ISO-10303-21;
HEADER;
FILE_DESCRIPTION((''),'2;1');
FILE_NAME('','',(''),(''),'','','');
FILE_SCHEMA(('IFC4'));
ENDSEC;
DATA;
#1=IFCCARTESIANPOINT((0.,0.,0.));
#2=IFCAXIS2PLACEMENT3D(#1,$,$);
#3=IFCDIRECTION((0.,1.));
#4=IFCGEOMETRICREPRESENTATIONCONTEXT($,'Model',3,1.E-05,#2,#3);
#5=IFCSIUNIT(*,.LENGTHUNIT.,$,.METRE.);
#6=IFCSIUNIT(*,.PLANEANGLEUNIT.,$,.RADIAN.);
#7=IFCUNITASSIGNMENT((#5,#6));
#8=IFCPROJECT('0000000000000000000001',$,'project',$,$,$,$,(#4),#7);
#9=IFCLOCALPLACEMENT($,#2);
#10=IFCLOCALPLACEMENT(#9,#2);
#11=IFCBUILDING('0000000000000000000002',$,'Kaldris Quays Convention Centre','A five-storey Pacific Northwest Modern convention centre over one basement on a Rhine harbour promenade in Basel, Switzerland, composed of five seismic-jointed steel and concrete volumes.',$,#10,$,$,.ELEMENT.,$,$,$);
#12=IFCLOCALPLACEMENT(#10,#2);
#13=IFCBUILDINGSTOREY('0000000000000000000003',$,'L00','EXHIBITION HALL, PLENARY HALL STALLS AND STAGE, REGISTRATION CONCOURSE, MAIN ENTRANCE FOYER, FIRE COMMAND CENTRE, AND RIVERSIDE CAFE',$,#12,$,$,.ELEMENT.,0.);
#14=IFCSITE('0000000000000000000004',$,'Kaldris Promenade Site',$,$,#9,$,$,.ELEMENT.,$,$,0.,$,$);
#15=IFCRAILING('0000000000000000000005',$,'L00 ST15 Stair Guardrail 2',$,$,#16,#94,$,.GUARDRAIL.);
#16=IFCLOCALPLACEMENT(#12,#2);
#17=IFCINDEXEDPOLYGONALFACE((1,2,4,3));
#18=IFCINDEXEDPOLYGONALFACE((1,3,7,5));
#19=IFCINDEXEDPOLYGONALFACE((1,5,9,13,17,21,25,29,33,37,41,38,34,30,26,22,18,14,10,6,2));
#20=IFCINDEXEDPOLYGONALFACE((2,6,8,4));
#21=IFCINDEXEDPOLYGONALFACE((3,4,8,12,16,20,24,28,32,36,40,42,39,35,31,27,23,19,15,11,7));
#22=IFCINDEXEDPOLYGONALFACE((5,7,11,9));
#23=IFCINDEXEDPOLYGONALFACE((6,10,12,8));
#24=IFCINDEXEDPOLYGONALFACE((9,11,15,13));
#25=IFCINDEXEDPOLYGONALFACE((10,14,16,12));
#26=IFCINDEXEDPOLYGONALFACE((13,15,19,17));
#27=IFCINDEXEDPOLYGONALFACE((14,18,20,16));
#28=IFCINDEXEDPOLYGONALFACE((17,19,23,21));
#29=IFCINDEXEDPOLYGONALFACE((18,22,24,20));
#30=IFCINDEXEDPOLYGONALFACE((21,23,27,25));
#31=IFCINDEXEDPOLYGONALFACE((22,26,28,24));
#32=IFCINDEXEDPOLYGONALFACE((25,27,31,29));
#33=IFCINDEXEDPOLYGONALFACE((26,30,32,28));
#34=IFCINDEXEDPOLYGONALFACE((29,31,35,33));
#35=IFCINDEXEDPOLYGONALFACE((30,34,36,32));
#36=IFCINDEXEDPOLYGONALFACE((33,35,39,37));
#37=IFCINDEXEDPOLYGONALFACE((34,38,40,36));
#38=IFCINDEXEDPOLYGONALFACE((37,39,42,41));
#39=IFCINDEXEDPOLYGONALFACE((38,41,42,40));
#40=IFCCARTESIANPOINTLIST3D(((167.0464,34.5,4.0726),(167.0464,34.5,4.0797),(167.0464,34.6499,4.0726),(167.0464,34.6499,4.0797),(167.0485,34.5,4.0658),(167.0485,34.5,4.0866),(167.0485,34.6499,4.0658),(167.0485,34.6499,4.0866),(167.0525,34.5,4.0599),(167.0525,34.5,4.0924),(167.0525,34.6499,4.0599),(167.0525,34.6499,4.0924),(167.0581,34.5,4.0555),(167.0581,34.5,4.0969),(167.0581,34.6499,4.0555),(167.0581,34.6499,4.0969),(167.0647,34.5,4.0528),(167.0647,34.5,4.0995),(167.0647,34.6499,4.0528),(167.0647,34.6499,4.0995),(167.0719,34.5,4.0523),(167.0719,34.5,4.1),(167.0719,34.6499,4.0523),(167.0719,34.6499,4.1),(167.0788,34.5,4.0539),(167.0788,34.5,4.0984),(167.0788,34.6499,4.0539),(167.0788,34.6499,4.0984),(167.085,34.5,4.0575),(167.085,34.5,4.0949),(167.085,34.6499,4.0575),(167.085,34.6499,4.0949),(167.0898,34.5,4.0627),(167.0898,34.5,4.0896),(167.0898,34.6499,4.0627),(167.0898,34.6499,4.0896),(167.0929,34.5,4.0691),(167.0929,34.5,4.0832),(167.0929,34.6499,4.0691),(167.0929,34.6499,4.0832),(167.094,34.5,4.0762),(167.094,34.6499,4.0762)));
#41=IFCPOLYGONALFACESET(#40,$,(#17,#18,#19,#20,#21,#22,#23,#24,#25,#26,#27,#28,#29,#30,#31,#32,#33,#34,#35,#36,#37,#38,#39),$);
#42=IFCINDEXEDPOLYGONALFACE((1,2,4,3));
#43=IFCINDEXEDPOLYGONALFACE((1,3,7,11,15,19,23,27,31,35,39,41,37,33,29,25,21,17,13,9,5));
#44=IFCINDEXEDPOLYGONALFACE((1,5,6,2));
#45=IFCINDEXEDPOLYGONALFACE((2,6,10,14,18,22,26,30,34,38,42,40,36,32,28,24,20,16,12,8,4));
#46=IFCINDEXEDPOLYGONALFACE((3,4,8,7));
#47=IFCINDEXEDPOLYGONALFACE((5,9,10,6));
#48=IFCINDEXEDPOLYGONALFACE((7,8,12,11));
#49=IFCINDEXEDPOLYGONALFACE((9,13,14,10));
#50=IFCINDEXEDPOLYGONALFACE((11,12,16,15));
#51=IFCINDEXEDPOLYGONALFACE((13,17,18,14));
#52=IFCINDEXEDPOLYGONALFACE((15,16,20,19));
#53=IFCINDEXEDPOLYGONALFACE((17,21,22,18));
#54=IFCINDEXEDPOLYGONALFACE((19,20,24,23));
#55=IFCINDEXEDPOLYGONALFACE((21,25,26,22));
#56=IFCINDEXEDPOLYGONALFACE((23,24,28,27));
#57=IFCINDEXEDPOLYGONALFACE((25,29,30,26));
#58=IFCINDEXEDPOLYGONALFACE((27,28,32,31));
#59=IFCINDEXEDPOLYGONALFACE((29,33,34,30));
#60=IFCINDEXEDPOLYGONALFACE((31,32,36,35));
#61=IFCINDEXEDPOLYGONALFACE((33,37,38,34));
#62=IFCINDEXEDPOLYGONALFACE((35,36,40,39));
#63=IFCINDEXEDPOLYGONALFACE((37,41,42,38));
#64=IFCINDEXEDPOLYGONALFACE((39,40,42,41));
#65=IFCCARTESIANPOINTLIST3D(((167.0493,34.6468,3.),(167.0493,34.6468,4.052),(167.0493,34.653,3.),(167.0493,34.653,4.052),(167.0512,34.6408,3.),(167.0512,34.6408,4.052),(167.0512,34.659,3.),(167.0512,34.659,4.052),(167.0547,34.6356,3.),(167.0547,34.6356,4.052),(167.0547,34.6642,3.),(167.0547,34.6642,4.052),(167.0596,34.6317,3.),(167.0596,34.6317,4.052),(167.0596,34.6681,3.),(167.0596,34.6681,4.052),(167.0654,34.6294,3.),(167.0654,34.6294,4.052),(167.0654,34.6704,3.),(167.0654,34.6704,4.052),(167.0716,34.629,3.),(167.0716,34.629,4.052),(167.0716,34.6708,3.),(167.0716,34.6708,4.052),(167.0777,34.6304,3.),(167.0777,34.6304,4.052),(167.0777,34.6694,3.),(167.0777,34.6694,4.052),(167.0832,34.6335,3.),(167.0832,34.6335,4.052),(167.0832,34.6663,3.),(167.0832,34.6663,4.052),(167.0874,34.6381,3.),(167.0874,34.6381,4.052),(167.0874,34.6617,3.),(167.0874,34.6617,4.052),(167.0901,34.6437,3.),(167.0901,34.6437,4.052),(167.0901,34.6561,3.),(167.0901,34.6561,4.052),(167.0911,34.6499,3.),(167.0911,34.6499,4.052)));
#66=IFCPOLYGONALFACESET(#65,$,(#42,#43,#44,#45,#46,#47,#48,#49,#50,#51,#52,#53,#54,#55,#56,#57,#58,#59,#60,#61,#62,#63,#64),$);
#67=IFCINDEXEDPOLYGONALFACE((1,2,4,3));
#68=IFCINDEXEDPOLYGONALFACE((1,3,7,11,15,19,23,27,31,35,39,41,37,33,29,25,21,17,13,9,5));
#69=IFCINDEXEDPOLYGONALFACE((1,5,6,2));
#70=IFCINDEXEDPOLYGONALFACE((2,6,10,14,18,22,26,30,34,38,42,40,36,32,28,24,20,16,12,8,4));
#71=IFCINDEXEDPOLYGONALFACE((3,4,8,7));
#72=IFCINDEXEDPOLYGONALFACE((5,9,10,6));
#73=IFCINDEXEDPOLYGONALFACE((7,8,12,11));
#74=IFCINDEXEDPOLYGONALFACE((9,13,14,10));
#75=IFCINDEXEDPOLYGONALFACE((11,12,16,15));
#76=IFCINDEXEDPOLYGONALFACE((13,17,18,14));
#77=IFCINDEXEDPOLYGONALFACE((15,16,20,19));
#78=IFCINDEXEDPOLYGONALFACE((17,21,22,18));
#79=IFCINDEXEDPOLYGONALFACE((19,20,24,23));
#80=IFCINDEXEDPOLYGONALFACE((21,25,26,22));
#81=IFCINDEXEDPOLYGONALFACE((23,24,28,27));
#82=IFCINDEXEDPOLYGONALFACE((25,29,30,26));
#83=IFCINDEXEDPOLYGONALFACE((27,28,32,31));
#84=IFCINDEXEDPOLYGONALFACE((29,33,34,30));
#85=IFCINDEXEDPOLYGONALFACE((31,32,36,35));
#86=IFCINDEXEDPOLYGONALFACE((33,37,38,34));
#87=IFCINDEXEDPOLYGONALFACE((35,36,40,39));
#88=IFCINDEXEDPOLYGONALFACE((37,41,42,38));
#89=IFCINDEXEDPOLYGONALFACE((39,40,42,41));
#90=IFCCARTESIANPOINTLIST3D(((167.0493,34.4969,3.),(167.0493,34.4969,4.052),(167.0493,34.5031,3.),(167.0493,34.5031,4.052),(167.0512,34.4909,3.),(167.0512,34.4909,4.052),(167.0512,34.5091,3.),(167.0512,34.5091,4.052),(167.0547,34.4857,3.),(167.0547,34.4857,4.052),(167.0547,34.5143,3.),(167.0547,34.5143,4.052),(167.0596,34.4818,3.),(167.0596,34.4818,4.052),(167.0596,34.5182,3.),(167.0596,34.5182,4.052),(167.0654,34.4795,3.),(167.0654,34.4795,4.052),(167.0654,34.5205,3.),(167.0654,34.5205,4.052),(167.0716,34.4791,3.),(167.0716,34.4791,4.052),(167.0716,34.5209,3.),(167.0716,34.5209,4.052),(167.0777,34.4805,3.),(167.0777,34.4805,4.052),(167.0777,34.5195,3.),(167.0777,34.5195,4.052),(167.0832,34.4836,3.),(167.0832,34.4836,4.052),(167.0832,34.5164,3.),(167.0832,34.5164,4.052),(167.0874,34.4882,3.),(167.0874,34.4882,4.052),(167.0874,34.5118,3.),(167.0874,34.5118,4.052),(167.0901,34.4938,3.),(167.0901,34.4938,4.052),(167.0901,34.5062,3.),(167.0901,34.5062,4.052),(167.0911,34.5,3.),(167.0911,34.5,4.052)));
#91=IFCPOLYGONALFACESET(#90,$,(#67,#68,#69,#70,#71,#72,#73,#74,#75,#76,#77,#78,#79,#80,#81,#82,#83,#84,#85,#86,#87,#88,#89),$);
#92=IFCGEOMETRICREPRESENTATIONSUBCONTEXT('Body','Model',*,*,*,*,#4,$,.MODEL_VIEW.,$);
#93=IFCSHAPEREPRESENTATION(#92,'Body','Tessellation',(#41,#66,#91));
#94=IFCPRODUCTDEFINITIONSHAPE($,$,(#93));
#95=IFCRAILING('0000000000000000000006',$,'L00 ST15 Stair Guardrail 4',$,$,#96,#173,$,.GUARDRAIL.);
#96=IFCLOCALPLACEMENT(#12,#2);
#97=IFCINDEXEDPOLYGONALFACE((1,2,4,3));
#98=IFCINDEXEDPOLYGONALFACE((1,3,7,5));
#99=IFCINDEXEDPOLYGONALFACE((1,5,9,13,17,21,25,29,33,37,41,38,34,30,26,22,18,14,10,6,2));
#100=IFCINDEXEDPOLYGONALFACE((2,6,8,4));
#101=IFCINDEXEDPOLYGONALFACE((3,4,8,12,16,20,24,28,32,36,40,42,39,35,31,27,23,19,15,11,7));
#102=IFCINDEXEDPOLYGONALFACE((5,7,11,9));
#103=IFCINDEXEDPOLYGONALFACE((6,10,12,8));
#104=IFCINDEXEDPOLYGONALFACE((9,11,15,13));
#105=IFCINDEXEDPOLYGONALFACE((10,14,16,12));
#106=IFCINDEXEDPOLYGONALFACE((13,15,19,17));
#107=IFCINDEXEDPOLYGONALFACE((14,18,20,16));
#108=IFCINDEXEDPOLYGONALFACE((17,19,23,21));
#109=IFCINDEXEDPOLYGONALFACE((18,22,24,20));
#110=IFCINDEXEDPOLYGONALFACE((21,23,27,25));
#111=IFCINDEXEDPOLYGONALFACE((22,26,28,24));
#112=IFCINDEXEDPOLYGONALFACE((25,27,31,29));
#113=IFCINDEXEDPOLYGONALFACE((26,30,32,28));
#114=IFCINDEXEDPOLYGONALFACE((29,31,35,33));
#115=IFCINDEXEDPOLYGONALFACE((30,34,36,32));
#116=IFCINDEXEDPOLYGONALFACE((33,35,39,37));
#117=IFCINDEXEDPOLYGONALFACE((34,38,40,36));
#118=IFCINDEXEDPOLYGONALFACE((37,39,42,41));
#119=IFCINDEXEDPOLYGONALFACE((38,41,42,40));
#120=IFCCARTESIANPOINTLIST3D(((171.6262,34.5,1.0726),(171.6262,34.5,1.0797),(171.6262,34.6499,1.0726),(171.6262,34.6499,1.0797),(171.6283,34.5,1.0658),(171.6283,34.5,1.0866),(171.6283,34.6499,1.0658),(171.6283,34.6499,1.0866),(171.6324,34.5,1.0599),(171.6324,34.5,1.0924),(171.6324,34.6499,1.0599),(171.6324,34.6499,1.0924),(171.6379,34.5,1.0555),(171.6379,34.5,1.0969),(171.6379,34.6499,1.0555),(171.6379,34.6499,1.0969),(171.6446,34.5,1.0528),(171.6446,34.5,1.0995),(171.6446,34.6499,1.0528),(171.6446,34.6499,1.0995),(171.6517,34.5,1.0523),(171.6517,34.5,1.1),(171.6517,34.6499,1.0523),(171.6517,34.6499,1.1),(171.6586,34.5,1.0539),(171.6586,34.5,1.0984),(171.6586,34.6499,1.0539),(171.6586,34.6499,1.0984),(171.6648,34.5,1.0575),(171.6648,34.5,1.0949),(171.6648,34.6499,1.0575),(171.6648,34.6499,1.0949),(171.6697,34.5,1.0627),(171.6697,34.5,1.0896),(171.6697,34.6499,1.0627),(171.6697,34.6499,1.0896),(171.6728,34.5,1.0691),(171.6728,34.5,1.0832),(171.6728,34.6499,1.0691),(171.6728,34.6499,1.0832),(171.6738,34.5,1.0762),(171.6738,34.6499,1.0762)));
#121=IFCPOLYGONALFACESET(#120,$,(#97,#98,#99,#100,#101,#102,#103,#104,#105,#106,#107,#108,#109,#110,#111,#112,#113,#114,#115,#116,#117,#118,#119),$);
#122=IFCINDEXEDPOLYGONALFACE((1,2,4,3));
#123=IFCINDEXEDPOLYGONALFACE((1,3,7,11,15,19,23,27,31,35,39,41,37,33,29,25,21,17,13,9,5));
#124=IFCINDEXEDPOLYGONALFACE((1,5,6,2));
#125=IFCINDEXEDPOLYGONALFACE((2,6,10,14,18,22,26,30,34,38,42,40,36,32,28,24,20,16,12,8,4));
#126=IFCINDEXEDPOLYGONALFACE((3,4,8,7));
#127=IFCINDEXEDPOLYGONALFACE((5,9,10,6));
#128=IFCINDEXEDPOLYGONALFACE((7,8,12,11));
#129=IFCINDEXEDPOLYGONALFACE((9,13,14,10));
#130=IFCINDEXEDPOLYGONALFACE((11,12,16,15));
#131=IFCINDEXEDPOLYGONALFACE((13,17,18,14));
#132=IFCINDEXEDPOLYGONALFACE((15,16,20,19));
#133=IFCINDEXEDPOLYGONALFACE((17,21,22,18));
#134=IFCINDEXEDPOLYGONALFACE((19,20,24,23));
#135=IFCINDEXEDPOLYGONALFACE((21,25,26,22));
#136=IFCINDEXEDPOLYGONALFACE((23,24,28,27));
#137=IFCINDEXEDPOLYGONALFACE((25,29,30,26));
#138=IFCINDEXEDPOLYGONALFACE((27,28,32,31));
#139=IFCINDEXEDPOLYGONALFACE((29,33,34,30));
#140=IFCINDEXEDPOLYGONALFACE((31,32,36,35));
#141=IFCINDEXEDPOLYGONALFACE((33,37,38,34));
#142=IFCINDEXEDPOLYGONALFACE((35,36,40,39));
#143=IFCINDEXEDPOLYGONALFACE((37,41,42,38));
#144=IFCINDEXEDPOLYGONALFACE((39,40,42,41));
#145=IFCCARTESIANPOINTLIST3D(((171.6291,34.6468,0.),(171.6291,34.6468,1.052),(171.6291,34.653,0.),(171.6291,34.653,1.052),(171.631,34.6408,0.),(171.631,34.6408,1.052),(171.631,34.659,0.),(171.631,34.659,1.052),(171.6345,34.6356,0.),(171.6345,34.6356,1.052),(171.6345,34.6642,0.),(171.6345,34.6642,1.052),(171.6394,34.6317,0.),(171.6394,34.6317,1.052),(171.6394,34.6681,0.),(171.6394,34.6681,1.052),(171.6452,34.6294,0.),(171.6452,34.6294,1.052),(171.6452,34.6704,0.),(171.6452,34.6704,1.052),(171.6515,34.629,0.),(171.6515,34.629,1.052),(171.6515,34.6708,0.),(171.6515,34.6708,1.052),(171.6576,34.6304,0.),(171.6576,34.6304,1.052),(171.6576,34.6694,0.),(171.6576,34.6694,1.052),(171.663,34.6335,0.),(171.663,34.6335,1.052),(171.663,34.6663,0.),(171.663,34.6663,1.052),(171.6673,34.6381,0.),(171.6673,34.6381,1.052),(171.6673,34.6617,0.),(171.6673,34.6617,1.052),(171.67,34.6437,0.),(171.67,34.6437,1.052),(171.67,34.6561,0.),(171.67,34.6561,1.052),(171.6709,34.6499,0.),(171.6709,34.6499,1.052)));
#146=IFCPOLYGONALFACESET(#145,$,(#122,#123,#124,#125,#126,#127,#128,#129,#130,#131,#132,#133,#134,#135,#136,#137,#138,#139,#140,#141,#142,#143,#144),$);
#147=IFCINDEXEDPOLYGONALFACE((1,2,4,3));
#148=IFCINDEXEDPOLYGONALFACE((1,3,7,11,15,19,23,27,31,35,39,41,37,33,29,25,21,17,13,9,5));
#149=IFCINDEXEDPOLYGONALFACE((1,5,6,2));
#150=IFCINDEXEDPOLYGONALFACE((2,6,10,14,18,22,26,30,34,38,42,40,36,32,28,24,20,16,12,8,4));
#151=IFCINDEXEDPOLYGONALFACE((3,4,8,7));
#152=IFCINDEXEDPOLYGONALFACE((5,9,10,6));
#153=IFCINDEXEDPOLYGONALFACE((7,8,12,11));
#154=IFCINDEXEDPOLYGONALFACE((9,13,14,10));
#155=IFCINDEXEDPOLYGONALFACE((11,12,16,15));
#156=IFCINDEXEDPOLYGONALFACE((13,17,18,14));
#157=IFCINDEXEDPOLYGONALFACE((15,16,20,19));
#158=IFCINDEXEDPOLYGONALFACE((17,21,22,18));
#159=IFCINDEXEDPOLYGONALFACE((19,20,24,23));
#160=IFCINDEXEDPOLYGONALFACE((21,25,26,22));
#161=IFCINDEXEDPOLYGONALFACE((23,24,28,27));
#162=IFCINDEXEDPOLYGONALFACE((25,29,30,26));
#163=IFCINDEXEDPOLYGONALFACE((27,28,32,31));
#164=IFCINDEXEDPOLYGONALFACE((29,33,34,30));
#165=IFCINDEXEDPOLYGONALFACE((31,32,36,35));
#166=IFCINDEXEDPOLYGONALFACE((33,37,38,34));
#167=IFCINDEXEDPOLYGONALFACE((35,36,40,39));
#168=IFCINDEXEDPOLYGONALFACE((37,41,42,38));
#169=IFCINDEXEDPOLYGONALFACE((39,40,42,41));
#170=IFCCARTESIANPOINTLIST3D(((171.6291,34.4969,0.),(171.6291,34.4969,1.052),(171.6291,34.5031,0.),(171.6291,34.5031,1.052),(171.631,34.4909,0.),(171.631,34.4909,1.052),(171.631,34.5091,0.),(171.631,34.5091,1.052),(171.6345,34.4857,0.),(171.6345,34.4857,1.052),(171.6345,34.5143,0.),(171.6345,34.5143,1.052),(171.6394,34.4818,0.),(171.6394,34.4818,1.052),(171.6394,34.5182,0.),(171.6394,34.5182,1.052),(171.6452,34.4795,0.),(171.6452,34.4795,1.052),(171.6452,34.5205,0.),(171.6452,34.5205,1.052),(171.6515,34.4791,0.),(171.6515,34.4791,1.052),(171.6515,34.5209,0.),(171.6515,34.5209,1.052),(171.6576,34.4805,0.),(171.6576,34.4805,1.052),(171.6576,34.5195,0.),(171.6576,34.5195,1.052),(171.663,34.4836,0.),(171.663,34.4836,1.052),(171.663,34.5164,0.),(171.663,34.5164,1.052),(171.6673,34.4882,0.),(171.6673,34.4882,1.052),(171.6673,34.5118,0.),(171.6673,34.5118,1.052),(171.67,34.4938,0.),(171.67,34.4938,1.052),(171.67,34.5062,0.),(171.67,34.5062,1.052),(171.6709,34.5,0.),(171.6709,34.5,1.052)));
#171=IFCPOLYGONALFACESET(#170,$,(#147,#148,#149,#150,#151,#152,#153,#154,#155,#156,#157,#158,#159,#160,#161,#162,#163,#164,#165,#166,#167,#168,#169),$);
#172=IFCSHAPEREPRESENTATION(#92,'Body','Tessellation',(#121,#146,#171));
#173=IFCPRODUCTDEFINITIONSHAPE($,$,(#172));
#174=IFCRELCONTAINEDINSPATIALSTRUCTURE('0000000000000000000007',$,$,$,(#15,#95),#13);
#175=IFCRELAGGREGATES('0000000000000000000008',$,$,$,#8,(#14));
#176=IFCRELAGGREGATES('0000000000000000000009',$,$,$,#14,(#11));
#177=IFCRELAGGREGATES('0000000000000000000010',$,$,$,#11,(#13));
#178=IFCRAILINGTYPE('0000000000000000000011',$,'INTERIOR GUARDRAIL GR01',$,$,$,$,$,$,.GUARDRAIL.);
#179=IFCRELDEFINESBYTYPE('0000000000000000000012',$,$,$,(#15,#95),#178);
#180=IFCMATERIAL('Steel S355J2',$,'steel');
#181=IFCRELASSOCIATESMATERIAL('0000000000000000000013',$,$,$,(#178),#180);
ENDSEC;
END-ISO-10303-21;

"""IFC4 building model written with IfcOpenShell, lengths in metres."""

from ifc_helpers import new_model, si_unit, direction, frame, origin, origin_2d, place, context, subcontext, project, spatial, circle, extrude, material, type_object, element, save


model = new_model("IFC4")

# Units and contexts
model_context = context("Model", 3, precision=1e-05, world=origin(), true_north=direction((0.0, 1.0)))
body_context = subcontext(model_context, "Body", "Model", "MODEL_VIEW")
ifc_project = project(units=[si_unit("LENGTHUNIT", "METRE"), si_unit("PLANEANGLEUNIT", "RADIAN")], contexts=[model_context])

# Site, building, storey
site_placement = place(None, origin())
site = spatial("IfcSite", under=ifc_project, at=site_placement, Name="Kaldris Promenade Site", CompositionType="ELEMENT", RefElevation=0.0)
building_placement = place(site_placement, origin())
building = spatial("IfcBuilding", under=site, at=building_placement, Name="Kaldris Quays Convention Centre", Description="A five-storey Pacific Northwest Modern convention centre over one basement on a Rhine harbour promenade in Basel, Switzerland, composed of five seismic-jointed steel and concrete volumes.", CompositionType="ELEMENT")
storey_placement = place(building_placement, origin())
storey = spatial("IfcBuildingStorey", under=building, at=storey_placement, Name="L00", Description="EXHIBITION HALL, PLENARY HALL STALLS AND STAGE, REGISTRATION CONCOURSE, MAIN ENTRANCE FOYER, FIRE COMMAND CENTRE, AND RIVERSIDE CAFE", CompositionType="ELEMENT", Elevation=0.0)

# Shared definitions
ifc_material_1 = material(Name="Steel S355J2", Category="steel")

# Railings
railing_type_1 = type_object("IfcRailingType", Name="INTERIOR GUARDRAIL GR01", PredefinedType="GUARDRAIL", material=ifc_material_1)
for number, where, name in (
    (1, (167.0701, 34.6499, 3.0), "L00 ST15 Stair Guardrail 2"),
    (2, (171.6499, 34.6499, 0.0), "L00 ST15 Stair Guardrail 4"),
):
    element("IfcRailing", number, at=place(storey_placement, frame(where)), inside=storey, type_object=railing_type_1, Name=name, PredefinedType="GUARDRAIL", context=body_context, shape_type="SweptSolid", body=[
        extrude(circle(Radius=0.0239, at=origin_2d()), frame((0.0, 0.0, 1.0762), z_axis=(0.0, -1.0, 0.0), x_axis=(1.0, 0.0, 0.0)), (0.0, 0.0, 1.0), 0.1499),
        extrude(circle(Radius=0.021, at=origin_2d()), origin(), (0.0, 0.0, 1.0), 1.052),
        extrude(circle(Radius=0.021, at=origin_2d()), frame((0.0, -0.1499, 0.0)), (0.0, 0.0, 1.0), 1.052),
    ])

save(model, "model.ifc")
